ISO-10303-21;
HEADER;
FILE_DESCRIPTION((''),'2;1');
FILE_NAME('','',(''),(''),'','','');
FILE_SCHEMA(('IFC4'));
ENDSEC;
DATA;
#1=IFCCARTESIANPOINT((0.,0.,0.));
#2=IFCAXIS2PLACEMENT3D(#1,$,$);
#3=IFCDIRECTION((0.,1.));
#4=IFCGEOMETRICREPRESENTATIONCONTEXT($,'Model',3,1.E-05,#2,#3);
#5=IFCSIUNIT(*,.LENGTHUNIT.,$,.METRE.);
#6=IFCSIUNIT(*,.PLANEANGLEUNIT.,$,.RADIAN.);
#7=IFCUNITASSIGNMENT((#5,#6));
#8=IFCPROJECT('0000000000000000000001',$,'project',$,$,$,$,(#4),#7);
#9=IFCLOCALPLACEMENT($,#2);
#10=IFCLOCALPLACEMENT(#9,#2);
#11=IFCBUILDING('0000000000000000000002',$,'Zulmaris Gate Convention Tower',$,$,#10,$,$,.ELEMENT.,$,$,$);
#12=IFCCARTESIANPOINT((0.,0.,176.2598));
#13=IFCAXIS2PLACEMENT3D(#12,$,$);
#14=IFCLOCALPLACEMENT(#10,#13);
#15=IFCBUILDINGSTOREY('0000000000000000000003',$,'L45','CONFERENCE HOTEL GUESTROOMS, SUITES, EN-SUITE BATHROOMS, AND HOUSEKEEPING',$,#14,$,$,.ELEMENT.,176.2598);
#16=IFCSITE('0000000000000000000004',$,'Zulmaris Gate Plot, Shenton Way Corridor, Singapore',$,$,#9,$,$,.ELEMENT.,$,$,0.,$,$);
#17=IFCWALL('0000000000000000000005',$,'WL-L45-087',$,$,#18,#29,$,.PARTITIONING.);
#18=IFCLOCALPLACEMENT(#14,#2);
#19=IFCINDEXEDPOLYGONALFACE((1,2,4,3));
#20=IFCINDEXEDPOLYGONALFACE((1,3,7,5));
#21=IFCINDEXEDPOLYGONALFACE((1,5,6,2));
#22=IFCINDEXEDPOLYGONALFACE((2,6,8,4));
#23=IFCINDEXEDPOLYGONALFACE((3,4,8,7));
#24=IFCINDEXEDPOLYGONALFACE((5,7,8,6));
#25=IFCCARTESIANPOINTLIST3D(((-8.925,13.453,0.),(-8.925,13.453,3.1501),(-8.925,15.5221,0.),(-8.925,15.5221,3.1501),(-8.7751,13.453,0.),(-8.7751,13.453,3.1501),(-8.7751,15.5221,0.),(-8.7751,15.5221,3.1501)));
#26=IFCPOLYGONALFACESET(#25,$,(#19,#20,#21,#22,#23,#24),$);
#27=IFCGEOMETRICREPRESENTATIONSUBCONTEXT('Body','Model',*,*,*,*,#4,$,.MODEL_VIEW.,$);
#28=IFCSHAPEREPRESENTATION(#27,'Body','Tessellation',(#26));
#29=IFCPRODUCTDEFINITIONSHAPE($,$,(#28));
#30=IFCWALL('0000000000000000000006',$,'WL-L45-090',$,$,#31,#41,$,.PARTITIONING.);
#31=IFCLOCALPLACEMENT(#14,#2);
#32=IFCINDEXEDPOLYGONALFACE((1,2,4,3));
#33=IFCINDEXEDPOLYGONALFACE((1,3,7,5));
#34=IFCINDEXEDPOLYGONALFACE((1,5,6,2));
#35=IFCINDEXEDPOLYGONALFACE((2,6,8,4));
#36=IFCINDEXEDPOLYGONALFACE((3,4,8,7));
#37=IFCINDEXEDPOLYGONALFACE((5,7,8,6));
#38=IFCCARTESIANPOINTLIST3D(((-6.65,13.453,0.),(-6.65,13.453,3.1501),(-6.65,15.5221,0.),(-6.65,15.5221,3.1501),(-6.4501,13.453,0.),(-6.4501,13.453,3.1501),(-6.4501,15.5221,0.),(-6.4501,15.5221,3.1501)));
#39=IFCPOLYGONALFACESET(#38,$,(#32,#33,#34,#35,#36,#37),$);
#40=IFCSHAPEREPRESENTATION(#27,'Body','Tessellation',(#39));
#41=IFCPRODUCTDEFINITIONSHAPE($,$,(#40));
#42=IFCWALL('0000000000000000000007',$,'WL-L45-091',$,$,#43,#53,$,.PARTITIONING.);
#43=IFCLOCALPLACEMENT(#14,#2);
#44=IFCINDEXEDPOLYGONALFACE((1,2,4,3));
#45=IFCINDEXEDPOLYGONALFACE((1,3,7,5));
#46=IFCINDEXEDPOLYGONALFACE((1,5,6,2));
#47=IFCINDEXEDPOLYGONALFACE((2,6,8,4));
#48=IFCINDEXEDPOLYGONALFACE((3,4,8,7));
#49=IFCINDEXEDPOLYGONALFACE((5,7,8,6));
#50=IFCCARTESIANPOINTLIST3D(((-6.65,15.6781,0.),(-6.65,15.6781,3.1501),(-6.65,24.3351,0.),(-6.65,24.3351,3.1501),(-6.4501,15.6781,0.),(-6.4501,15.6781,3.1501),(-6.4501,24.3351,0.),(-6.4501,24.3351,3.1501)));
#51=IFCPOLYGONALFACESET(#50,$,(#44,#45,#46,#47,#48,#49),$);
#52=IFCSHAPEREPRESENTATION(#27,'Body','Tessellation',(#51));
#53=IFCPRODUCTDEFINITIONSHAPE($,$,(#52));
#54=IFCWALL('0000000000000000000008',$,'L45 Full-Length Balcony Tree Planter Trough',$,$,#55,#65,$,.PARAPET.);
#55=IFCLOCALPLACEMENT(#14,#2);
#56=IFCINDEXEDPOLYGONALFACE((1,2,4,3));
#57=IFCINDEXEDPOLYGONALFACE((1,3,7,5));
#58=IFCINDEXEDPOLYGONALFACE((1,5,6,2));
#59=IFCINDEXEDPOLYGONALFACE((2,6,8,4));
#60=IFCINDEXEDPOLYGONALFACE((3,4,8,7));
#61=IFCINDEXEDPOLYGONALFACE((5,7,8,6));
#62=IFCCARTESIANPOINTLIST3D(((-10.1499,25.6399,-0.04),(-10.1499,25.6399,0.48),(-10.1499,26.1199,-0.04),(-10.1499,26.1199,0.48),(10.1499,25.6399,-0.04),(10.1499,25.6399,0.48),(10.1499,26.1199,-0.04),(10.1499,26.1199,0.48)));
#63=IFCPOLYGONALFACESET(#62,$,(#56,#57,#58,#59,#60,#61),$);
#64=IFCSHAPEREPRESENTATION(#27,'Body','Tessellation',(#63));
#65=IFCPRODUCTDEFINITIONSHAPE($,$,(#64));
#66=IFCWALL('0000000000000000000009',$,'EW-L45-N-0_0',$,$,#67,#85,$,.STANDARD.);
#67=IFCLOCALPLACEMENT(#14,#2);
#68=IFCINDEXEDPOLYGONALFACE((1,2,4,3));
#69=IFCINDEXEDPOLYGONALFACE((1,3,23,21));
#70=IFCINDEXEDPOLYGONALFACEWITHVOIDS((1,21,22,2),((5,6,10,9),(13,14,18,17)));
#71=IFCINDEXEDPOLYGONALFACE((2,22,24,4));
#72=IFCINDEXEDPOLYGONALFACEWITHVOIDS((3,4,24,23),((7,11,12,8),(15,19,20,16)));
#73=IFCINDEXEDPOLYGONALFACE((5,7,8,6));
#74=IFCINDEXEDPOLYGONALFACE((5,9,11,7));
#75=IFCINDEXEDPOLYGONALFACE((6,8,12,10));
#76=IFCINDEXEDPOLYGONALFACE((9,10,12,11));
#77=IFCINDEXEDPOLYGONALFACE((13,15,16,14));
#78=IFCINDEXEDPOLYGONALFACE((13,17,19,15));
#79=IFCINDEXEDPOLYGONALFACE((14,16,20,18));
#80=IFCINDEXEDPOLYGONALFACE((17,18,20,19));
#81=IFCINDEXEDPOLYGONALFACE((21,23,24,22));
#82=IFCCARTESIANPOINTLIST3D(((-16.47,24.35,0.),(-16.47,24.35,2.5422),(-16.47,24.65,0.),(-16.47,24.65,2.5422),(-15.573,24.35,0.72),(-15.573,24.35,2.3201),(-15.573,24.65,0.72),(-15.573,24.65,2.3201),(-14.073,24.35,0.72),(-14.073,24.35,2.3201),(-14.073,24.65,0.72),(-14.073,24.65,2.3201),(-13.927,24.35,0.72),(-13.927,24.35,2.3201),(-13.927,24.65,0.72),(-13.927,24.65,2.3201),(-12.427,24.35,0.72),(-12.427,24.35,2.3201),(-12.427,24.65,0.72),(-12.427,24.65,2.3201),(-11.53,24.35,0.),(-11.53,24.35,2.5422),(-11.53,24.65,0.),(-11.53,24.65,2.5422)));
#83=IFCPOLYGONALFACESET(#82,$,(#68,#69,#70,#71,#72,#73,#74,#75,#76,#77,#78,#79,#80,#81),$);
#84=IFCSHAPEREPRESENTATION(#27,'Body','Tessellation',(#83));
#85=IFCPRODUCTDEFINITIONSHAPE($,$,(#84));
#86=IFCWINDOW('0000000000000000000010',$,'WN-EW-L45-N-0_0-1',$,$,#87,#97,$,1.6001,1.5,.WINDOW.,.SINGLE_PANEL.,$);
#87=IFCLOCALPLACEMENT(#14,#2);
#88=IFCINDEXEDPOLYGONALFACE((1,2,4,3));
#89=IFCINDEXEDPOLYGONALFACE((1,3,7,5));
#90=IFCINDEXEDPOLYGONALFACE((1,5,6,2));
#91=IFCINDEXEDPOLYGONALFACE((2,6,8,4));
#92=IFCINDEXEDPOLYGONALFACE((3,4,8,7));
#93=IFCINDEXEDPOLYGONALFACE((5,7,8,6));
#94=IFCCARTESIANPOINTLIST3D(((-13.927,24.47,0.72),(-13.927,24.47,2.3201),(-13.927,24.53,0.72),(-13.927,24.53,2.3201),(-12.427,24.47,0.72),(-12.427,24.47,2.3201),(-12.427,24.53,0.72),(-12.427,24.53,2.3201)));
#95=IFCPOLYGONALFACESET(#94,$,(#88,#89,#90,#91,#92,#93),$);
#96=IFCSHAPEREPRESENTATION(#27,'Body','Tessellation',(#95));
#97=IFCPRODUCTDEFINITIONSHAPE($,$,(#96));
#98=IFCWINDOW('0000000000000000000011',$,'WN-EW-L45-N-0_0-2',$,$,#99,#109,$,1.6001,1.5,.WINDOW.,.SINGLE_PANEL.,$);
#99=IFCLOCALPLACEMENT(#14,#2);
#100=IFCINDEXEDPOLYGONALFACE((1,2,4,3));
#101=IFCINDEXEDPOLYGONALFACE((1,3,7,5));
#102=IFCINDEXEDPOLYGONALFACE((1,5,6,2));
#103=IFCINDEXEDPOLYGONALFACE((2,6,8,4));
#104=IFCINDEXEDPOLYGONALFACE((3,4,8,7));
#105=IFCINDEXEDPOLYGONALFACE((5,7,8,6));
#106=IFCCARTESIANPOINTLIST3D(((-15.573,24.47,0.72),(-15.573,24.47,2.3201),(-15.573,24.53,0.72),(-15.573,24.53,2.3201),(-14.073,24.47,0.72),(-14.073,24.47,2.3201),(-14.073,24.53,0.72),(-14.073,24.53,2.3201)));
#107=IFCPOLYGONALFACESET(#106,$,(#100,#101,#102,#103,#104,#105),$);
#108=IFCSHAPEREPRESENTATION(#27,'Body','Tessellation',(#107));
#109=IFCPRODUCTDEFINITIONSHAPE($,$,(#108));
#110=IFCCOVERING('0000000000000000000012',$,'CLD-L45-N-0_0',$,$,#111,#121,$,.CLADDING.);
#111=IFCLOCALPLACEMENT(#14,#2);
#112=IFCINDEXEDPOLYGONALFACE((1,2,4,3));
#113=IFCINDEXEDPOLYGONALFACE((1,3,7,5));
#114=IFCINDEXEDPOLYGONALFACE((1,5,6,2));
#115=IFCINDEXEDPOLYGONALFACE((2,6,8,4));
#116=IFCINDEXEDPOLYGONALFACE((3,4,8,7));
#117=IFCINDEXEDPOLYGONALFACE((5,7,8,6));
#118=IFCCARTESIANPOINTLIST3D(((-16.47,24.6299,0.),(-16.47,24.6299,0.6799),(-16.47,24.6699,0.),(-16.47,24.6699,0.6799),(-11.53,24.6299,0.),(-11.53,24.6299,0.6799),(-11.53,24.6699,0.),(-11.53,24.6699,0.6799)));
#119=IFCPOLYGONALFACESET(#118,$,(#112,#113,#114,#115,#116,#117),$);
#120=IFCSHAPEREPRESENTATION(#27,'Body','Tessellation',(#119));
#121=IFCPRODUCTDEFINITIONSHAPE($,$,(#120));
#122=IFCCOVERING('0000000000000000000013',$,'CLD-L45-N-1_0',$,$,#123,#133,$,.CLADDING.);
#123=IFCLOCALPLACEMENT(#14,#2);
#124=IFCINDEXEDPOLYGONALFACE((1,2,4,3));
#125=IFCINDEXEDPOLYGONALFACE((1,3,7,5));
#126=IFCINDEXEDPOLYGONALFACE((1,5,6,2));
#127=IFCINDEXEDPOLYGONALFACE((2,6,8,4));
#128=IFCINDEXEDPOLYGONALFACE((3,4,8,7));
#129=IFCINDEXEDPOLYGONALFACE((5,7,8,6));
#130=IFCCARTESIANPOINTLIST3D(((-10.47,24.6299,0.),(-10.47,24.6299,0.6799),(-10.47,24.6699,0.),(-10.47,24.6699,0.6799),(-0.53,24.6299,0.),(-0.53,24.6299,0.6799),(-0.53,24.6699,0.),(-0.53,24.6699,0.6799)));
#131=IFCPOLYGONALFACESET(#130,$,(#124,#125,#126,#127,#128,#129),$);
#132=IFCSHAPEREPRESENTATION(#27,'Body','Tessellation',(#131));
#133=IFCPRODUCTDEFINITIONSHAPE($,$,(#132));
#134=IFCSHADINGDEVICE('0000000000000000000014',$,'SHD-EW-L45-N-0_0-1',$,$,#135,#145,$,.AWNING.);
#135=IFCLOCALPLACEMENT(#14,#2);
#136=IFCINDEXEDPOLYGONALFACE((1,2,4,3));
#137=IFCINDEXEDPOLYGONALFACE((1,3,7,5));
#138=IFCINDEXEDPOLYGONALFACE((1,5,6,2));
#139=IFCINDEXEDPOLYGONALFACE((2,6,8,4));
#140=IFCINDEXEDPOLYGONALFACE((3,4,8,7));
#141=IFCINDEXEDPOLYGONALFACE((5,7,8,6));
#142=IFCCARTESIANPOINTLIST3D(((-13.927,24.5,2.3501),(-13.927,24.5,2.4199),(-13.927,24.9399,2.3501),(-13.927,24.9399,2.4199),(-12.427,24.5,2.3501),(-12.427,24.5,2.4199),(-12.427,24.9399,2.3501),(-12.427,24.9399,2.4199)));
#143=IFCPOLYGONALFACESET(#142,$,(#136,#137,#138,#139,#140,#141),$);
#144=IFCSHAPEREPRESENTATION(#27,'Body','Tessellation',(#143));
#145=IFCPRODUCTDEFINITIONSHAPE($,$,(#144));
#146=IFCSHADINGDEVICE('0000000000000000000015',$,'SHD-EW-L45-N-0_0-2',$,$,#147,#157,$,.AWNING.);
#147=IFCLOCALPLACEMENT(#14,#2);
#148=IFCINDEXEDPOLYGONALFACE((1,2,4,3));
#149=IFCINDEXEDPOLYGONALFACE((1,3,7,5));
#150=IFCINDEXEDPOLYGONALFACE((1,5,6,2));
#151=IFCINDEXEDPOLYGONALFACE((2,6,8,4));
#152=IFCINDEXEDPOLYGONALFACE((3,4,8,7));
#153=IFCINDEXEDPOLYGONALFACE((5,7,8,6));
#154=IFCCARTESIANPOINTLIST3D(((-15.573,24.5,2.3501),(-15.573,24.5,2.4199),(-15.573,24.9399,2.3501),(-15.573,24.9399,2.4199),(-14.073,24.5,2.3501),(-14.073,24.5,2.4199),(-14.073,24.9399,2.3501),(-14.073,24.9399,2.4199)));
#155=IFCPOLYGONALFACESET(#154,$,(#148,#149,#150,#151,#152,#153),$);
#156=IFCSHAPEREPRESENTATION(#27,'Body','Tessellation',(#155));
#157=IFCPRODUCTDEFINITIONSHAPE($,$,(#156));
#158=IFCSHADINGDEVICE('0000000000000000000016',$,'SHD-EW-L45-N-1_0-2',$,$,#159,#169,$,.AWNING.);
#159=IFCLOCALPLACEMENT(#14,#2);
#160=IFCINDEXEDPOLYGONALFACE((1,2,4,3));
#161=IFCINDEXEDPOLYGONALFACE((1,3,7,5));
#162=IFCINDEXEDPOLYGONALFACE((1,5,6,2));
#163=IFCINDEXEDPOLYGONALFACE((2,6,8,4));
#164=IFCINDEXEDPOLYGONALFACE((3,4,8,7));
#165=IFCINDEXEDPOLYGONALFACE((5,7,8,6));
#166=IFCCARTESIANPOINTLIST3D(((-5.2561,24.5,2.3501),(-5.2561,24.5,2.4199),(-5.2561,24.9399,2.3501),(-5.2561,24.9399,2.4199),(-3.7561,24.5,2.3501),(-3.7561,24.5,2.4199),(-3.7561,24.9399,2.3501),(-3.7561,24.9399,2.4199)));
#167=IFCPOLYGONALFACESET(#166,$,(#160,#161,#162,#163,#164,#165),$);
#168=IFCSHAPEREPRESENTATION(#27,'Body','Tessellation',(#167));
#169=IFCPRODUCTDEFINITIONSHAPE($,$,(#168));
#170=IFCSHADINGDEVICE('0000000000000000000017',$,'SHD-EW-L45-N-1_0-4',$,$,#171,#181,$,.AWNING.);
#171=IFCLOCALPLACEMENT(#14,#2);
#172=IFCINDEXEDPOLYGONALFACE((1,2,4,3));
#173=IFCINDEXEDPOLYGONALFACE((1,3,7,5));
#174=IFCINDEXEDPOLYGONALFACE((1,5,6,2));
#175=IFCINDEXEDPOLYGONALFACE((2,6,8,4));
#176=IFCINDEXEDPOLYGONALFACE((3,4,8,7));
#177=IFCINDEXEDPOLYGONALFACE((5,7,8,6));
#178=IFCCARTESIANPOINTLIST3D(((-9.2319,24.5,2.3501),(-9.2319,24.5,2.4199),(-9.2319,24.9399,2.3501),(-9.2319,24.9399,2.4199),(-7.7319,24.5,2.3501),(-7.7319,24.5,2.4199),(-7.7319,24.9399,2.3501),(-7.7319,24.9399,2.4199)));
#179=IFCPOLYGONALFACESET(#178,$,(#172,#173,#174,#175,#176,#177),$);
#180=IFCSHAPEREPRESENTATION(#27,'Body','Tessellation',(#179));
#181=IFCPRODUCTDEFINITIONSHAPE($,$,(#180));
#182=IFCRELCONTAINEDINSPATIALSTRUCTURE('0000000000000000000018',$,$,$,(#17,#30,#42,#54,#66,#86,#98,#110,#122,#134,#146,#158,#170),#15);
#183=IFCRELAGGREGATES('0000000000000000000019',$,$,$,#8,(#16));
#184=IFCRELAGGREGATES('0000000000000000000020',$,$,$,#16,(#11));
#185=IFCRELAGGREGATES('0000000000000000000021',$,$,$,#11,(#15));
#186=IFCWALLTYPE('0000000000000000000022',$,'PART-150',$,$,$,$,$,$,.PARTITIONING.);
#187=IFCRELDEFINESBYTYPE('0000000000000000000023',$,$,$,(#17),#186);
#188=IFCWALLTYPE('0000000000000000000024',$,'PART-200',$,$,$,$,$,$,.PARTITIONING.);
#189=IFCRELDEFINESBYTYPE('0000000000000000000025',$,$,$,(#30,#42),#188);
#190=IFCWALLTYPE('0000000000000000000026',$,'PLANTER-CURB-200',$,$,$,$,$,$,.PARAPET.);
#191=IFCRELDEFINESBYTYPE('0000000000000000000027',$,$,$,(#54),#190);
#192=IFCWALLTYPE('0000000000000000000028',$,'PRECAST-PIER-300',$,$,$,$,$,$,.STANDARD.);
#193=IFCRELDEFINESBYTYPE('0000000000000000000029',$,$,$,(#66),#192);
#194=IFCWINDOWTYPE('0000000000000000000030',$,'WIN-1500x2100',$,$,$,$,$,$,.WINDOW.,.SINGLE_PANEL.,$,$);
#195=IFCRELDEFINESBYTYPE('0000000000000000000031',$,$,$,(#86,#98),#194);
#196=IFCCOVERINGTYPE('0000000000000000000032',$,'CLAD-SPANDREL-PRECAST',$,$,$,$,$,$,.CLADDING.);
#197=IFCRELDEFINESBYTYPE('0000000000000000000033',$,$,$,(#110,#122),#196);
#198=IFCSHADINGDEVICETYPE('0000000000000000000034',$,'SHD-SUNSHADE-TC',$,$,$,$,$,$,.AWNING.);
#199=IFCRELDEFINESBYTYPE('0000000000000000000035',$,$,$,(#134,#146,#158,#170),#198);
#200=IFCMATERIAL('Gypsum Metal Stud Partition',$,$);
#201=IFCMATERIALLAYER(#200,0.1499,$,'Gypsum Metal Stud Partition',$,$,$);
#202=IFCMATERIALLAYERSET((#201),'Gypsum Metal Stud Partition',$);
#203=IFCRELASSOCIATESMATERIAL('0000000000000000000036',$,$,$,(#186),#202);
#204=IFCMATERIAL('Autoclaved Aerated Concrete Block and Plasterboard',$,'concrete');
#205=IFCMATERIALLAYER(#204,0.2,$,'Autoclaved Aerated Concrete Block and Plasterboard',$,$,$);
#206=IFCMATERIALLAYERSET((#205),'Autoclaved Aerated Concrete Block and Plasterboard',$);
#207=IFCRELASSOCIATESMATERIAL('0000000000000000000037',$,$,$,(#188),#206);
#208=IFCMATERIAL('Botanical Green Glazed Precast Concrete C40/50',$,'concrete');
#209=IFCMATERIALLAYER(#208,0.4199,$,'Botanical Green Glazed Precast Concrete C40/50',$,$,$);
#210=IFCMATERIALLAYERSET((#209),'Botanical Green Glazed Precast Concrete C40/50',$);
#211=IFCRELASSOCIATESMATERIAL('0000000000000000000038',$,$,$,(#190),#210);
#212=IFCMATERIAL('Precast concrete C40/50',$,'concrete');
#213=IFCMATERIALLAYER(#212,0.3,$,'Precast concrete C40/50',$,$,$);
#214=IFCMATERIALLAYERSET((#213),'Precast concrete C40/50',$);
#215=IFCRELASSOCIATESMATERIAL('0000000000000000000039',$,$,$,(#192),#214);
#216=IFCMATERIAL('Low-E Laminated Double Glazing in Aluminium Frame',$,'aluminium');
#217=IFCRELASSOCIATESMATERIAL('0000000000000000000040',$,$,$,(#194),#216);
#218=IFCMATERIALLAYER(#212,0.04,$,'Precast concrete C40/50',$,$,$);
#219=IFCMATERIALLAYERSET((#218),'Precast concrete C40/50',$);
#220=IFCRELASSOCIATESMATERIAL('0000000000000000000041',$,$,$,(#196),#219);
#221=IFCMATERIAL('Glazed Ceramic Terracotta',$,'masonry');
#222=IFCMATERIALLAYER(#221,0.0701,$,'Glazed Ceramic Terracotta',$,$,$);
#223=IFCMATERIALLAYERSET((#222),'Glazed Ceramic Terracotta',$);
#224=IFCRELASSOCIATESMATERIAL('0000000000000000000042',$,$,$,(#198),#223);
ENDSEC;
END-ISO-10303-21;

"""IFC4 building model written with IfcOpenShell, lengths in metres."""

from ifc_helpers import new_model, si_unit, direction, frame, frame_2d, origin, place, context, subcontext, project, spatial, rectangle, extrude, material, layer, layer_set, type_object, element, fill, save


model = new_model("IFC4")

# Units and contexts
model_context = context("Model", 3, precision=1e-05, world=origin(), true_north=direction((0.0, 1.0)))
body_context = subcontext(model_context, "Body", "Model", "MODEL_VIEW")
ifc_project = project(units=[si_unit("LENGTHUNIT", "METRE"), si_unit("PLANEANGLEUNIT", "RADIAN")], contexts=[model_context])

# Site, building, storey
site_placement = place(None, origin())
site = spatial("IfcSite", under=ifc_project, at=site_placement, Name="Zulmaris Gate Plot, Shenton Way Corridor, Singapore", CompositionType="ELEMENT", RefElevation=0.0)
building_placement = place(site_placement, origin())
building = spatial("IfcBuilding", under=site, at=building_placement, Name="Zulmaris Gate Convention Tower", CompositionType="ELEMENT")
storey_placement = place(building_placement, frame((0.0, 0.0, 176.2598)))
storey = spatial("IfcBuildingStorey", under=building, at=storey_placement, Name="L45", Description="CONFERENCE HOTEL GUESTROOMS, SUITES, EN-SUITE BATHROOMS, AND HOUSEKEEPING", CompositionType="ELEMENT", Elevation=176.2598)

# Shared definitions
ifc_material_1 = material(Name="Gypsum Metal Stud Partition")
ifc_layer_1 = layer(ifc_material_1, 0.1499, Name="Gypsum Metal Stud Partition")
ifc_layer_set_1 = layer_set([ifc_layer_1], Name="Gypsum Metal Stud Partition")
wall_type_1 = type_object("IfcWallType", Name="PART-150", PredefinedType="PARTITIONING", material=ifc_layer_set_1)

# Walls
wall_1_placement = place(storey_placement, frame((-8.8501, 13.4529, 0.0), z_axis=(0.0, 0.0, 1.0), x_axis=(0.0, 1.0, 0.0)))
element("IfcWall", 1, at=wall_1_placement, inside=storey, type_object=wall_type_1, Name="WL-L45-087", PredefinedType="PARTITIONING", context=body_context, shape_type="SweptSolid", body=[
    extrude(rectangle(XDim=2.0691, YDim=0.1499, at=frame_2d((1.0347, 0.0))), origin(), (0.0, 0.0, 1.0), 3.1501),
])
ifc_material_2 = material(Name="Autoclaved Aerated Concrete Block and Plasterboard", Category="concrete")
ifc_layer_2 = layer(ifc_material_2, 0.2, Name="Autoclaved Aerated Concrete Block and Plasterboard")
ifc_layer_set_2 = layer_set([ifc_layer_2], Name="Autoclaved Aerated Concrete Block and Plasterboard")
wall_type_2 = type_object("IfcWallType", Name="PART-200", PredefinedType="PARTITIONING", material=ifc_layer_set_2)
wall_2_placement = place(storey_placement, frame((-6.55, 13.4529, 0.0), z_axis=(0.0, 0.0, 1.0), x_axis=(0.0, 1.0, 0.0)))
element("IfcWall", 2, at=wall_2_placement, inside=storey, type_object=wall_type_2, Name="WL-L45-090", PredefinedType="PARTITIONING", context=body_context, shape_type="SweptSolid", body=[
    extrude(rectangle(XDim=2.0691, YDim=0.2, at=frame_2d((1.0347, 0.0))), origin(), (0.0, 0.0, 1.0), 3.1501),
])
wall_3_placement = place(storey_placement, frame((-6.55, 15.678, 0.0), z_axis=(0.0, 0.0, 1.0), x_axis=(0.0, 1.0, 0.0)))
element("IfcWall", 3, at=wall_3_placement, inside=storey, type_object=wall_type_2, Name="WL-L45-091", PredefinedType="PARTITIONING", context=body_context, shape_type="SweptSolid", body=[
    extrude(rectangle(XDim=8.657, YDim=0.2, at=frame_2d((4.3286, 0.0))), origin(), (0.0, 0.0, 1.0), 3.1501),
])
ifc_material_3 = material(Name="Botanical Green Glazed Precast Concrete C40/50", Category="concrete")
ifc_layer_3 = layer(ifc_material_3, 0.4199, Name="Botanical Green Glazed Precast Concrete C40/50")
ifc_layer_set_3 = layer_set([ifc_layer_3], Name="Botanical Green Glazed Precast Concrete C40/50")
wall_type_3 = type_object("IfcWallType", Name="PLANTER-CURB-200", PredefinedType="PARAPET", material=ifc_layer_set_3)
wall_4_placement = place(storey_placement, frame((-10.1499, 25.8799, -0.04), z_axis=(0.0, 0.0, 1.0), x_axis=(1.0, 0.0, 0.0)))
element("IfcWall", 4, at=wall_4_placement, inside=storey, type_object=wall_type_3, Name="L45 Full-Length Balcony Tree Planter Trough", PredefinedType="PARAPET", context=body_context, shape_type="SweptSolid", body=[
    extrude(rectangle(XDim=20.2998, YDim=0.48, at=frame_2d((10.1499, 0.0))), origin(), (0.0, 0.0, 1.0), 0.52),
])

# Wall, openings, windows
ifc_material_4 = material(Name="Precast concrete C40/50", Category="concrete")
ifc_layer_4 = layer(ifc_material_4, 0.3, Name="Precast concrete C40/50")
ifc_layer_set_4 = layer_set([ifc_layer_4], Name="Precast concrete C40/50")
wall_type_4 = type_object("IfcWallType", Name="PRECAST-PIER-300", PredefinedType="STANDARD", material=ifc_layer_set_4)
wall_5_placement = place(storey_placement, frame((-11.53, 24.5, 0.0), z_axis=(0.0, 0.0, 1.0), x_axis=(-1.0, 0.0, 0.0)))
wall_5 = element("IfcWall", 5, at=wall_5_placement, inside=storey, type_object=wall_type_4, Name="EW-L45-N-0_0", PredefinedType="STANDARD", context=body_context, shape_type="SweptSolid", body=[
    extrude(rectangle(XDim=4.9399, YDim=0.3, at=frame_2d((2.47, 0.0))), origin(), (0.0, 0.0, 1.0), 2.5422),
])
opening_1_placement = place(wall_5_placement, frame((0.897, 0.0, 0.72)))
opening_1 = element("IfcOpeningElement", 6, at=opening_1_placement, cuts=wall_5, PredefinedType="OPENING", context=body_context, shape_type="SweptSolid", body=[
    extrude(rectangle(XDim=1.5, YDim=1.6001, at=frame_2d((0.75, 0.8))), frame((0.0, 0.1602, 0.0), z_axis=(0.0, -1.0, 0.0), x_axis=(1.0, 0.0, 0.0)), (0.0, 0.0, 1.0), 0.3201),
])
opening_2_placement = place(wall_5_placement, frame((2.543, 0.0, 0.72)))
opening_2 = element("IfcOpeningElement", 7, at=opening_2_placement, cuts=wall_5, PredefinedType="OPENING", context=body_context, shape_type="SweptSolid", body=[
    extrude(rectangle(XDim=1.5, YDim=1.6001, at=frame_2d((0.75, 0.8))), frame((0.0, 0.1602, 0.0), z_axis=(0.0, -1.0, 0.0), x_axis=(1.0, 0.0, 0.0)), (0.0, 0.0, 1.0), 0.3201),
])
ifc_material_5 = material(Name="Low-E Laminated Double Glazing in Aluminium Frame", Category="aluminium")
window_type = type_object("IfcWindowType", Name="WIN-1500x2100", PartitioningType="SINGLE_PANEL", PredefinedType="WINDOW", material=ifc_material_5)
window_1_placement = place(opening_1_placement, origin())
window_1 = element("IfcWindow", 8, at=window_1_placement, inside=storey, type_object=window_type, Name="WN-EW-L45-N-0_0-1", OverallHeight=1.6001, OverallWidth=1.5, PartitioningType="SINGLE_PANEL", PredefinedType="WINDOW", context=body_context, shape_type="SweptSolid", body=[
    extrude(rectangle(XDim=1.5, YDim=1.6001, at=frame_2d((0.75, 0.8))), frame((0.0, 0.03, 0.0), z_axis=(0.0, -1.0, 0.0), x_axis=(1.0, 0.0, 0.0)), (0.0, 0.0, 1.0), 0.0601),
])
fill(opening_1, window_1)
window_2_placement = place(opening_2_placement, origin())
window_2 = element("IfcWindow", 9, at=window_2_placement, inside=storey, type_object=window_type, Name="WN-EW-L45-N-0_0-2", OverallHeight=1.6001, OverallWidth=1.5, PartitioningType="SINGLE_PANEL", PredefinedType="WINDOW", context=body_context, shape_type="SweptSolid", body=[
    extrude(rectangle(XDim=1.5, YDim=1.6001, at=frame_2d((0.75, 0.8))), frame((0.0, 0.03, 0.0), z_axis=(0.0, -1.0, 0.0), x_axis=(1.0, 0.0, 0.0)), (0.0, 0.0, 1.0), 0.0601),
])
fill(opening_2, window_2)

# Coverings
ifc_layer_5 = layer(ifc_material_4, 0.04, Name="Precast concrete C40/50")
ifc_layer_set_5 = layer_set([ifc_layer_5], Name="Precast concrete C40/50")
covering_type = type_object("IfcCoveringType", Name="CLAD-SPANDREL-PRECAST", PredefinedType="CLADDING", material=ifc_layer_set_5)
covering_1_placement = place(storey_placement, frame((-11.53, 24.6499, 0.0), z_axis=(0.0, 0.0, 1.0), x_axis=(-1.0, 0.0, 0.0)))
element("IfcCovering", 10, at=covering_1_placement, inside=storey, type_object=covering_type, Name="CLD-L45-N-0_0", PredefinedType="CLADDING", context=body_context, shape_type="SweptSolid", body=[
    extrude(rectangle(XDim=4.9399, YDim=0.04, at=frame_2d((2.47, 0.0))), origin(), (0.0, 0.0, 1.0), 0.6799),
])
covering_2_placement = place(storey_placement, frame((-0.53, 24.6499, 0.0), z_axis=(0.0, 0.0, 1.0), x_axis=(-1.0, 0.0, 0.0)))
element("IfcCovering", 11, at=covering_2_placement, inside=storey, type_object=covering_type, Name="CLD-L45-N-1_0", PredefinedType="CLADDING", context=body_context, shape_type="SweptSolid", body=[
    extrude(rectangle(XDim=9.9399, YDim=0.04, at=frame_2d((4.97, 0.0))), origin(), (0.0, 0.0, 1.0), 0.6799),
])

# Shading devices
ifc_material_6 = material(Name="Glazed Ceramic Terracotta", Category="masonry")
ifc_layer_6 = layer(ifc_material_6, 0.0701, Name="Glazed Ceramic Terracotta")
ifc_layer_set_6 = layer_set([ifc_layer_6], Name="Glazed Ceramic Terracotta")
shading_device_type = type_object("IfcShadingDeviceType", Name="SHD-SUNSHADE-TC", PredefinedType="AWNING", material=ifc_layer_set_6)
for number, where, z_axis, x_axis, name in (
    (12, (-12.427, 24.72, 2.3501), (0.0, 0.0, 1.0), (-1.0, 0.0, 0.0), "SHD-EW-L45-N-0_0-1"),
    (13, (-14.073, 24.72, 2.3501), (0.0, 0.0, 1.0), (-1.0, 0.0, 0.0), "SHD-EW-L45-N-0_0-2"),
    (14, (-3.7561, 24.72, 2.3501), (0.0, 0.0, 1.0), (-1.0, 0.0, 0.0), "SHD-EW-L45-N-1_0-2"),
    (15, (-7.7319, 24.72, 2.3501), (0.0, 0.0, 1.0), (-1.0, 0.0, 0.0), "SHD-EW-L45-N-1_0-4"),
):
    element("IfcShadingDevice", number, at=place(storey_placement, frame(where, z_axis=z_axis, x_axis=x_axis)), inside=storey, type_object=shading_device_type, Name=name, PredefinedType="AWNING", context=body_context, shape_type="SweptSolid", body=[
        extrude(rectangle(XDim=1.5, YDim=0.4399, at=frame_2d((0.75, 0.0))), origin(), (0.0, 0.0, 1.0), 0.0698),
    ])

save(model, "model.ifc")
